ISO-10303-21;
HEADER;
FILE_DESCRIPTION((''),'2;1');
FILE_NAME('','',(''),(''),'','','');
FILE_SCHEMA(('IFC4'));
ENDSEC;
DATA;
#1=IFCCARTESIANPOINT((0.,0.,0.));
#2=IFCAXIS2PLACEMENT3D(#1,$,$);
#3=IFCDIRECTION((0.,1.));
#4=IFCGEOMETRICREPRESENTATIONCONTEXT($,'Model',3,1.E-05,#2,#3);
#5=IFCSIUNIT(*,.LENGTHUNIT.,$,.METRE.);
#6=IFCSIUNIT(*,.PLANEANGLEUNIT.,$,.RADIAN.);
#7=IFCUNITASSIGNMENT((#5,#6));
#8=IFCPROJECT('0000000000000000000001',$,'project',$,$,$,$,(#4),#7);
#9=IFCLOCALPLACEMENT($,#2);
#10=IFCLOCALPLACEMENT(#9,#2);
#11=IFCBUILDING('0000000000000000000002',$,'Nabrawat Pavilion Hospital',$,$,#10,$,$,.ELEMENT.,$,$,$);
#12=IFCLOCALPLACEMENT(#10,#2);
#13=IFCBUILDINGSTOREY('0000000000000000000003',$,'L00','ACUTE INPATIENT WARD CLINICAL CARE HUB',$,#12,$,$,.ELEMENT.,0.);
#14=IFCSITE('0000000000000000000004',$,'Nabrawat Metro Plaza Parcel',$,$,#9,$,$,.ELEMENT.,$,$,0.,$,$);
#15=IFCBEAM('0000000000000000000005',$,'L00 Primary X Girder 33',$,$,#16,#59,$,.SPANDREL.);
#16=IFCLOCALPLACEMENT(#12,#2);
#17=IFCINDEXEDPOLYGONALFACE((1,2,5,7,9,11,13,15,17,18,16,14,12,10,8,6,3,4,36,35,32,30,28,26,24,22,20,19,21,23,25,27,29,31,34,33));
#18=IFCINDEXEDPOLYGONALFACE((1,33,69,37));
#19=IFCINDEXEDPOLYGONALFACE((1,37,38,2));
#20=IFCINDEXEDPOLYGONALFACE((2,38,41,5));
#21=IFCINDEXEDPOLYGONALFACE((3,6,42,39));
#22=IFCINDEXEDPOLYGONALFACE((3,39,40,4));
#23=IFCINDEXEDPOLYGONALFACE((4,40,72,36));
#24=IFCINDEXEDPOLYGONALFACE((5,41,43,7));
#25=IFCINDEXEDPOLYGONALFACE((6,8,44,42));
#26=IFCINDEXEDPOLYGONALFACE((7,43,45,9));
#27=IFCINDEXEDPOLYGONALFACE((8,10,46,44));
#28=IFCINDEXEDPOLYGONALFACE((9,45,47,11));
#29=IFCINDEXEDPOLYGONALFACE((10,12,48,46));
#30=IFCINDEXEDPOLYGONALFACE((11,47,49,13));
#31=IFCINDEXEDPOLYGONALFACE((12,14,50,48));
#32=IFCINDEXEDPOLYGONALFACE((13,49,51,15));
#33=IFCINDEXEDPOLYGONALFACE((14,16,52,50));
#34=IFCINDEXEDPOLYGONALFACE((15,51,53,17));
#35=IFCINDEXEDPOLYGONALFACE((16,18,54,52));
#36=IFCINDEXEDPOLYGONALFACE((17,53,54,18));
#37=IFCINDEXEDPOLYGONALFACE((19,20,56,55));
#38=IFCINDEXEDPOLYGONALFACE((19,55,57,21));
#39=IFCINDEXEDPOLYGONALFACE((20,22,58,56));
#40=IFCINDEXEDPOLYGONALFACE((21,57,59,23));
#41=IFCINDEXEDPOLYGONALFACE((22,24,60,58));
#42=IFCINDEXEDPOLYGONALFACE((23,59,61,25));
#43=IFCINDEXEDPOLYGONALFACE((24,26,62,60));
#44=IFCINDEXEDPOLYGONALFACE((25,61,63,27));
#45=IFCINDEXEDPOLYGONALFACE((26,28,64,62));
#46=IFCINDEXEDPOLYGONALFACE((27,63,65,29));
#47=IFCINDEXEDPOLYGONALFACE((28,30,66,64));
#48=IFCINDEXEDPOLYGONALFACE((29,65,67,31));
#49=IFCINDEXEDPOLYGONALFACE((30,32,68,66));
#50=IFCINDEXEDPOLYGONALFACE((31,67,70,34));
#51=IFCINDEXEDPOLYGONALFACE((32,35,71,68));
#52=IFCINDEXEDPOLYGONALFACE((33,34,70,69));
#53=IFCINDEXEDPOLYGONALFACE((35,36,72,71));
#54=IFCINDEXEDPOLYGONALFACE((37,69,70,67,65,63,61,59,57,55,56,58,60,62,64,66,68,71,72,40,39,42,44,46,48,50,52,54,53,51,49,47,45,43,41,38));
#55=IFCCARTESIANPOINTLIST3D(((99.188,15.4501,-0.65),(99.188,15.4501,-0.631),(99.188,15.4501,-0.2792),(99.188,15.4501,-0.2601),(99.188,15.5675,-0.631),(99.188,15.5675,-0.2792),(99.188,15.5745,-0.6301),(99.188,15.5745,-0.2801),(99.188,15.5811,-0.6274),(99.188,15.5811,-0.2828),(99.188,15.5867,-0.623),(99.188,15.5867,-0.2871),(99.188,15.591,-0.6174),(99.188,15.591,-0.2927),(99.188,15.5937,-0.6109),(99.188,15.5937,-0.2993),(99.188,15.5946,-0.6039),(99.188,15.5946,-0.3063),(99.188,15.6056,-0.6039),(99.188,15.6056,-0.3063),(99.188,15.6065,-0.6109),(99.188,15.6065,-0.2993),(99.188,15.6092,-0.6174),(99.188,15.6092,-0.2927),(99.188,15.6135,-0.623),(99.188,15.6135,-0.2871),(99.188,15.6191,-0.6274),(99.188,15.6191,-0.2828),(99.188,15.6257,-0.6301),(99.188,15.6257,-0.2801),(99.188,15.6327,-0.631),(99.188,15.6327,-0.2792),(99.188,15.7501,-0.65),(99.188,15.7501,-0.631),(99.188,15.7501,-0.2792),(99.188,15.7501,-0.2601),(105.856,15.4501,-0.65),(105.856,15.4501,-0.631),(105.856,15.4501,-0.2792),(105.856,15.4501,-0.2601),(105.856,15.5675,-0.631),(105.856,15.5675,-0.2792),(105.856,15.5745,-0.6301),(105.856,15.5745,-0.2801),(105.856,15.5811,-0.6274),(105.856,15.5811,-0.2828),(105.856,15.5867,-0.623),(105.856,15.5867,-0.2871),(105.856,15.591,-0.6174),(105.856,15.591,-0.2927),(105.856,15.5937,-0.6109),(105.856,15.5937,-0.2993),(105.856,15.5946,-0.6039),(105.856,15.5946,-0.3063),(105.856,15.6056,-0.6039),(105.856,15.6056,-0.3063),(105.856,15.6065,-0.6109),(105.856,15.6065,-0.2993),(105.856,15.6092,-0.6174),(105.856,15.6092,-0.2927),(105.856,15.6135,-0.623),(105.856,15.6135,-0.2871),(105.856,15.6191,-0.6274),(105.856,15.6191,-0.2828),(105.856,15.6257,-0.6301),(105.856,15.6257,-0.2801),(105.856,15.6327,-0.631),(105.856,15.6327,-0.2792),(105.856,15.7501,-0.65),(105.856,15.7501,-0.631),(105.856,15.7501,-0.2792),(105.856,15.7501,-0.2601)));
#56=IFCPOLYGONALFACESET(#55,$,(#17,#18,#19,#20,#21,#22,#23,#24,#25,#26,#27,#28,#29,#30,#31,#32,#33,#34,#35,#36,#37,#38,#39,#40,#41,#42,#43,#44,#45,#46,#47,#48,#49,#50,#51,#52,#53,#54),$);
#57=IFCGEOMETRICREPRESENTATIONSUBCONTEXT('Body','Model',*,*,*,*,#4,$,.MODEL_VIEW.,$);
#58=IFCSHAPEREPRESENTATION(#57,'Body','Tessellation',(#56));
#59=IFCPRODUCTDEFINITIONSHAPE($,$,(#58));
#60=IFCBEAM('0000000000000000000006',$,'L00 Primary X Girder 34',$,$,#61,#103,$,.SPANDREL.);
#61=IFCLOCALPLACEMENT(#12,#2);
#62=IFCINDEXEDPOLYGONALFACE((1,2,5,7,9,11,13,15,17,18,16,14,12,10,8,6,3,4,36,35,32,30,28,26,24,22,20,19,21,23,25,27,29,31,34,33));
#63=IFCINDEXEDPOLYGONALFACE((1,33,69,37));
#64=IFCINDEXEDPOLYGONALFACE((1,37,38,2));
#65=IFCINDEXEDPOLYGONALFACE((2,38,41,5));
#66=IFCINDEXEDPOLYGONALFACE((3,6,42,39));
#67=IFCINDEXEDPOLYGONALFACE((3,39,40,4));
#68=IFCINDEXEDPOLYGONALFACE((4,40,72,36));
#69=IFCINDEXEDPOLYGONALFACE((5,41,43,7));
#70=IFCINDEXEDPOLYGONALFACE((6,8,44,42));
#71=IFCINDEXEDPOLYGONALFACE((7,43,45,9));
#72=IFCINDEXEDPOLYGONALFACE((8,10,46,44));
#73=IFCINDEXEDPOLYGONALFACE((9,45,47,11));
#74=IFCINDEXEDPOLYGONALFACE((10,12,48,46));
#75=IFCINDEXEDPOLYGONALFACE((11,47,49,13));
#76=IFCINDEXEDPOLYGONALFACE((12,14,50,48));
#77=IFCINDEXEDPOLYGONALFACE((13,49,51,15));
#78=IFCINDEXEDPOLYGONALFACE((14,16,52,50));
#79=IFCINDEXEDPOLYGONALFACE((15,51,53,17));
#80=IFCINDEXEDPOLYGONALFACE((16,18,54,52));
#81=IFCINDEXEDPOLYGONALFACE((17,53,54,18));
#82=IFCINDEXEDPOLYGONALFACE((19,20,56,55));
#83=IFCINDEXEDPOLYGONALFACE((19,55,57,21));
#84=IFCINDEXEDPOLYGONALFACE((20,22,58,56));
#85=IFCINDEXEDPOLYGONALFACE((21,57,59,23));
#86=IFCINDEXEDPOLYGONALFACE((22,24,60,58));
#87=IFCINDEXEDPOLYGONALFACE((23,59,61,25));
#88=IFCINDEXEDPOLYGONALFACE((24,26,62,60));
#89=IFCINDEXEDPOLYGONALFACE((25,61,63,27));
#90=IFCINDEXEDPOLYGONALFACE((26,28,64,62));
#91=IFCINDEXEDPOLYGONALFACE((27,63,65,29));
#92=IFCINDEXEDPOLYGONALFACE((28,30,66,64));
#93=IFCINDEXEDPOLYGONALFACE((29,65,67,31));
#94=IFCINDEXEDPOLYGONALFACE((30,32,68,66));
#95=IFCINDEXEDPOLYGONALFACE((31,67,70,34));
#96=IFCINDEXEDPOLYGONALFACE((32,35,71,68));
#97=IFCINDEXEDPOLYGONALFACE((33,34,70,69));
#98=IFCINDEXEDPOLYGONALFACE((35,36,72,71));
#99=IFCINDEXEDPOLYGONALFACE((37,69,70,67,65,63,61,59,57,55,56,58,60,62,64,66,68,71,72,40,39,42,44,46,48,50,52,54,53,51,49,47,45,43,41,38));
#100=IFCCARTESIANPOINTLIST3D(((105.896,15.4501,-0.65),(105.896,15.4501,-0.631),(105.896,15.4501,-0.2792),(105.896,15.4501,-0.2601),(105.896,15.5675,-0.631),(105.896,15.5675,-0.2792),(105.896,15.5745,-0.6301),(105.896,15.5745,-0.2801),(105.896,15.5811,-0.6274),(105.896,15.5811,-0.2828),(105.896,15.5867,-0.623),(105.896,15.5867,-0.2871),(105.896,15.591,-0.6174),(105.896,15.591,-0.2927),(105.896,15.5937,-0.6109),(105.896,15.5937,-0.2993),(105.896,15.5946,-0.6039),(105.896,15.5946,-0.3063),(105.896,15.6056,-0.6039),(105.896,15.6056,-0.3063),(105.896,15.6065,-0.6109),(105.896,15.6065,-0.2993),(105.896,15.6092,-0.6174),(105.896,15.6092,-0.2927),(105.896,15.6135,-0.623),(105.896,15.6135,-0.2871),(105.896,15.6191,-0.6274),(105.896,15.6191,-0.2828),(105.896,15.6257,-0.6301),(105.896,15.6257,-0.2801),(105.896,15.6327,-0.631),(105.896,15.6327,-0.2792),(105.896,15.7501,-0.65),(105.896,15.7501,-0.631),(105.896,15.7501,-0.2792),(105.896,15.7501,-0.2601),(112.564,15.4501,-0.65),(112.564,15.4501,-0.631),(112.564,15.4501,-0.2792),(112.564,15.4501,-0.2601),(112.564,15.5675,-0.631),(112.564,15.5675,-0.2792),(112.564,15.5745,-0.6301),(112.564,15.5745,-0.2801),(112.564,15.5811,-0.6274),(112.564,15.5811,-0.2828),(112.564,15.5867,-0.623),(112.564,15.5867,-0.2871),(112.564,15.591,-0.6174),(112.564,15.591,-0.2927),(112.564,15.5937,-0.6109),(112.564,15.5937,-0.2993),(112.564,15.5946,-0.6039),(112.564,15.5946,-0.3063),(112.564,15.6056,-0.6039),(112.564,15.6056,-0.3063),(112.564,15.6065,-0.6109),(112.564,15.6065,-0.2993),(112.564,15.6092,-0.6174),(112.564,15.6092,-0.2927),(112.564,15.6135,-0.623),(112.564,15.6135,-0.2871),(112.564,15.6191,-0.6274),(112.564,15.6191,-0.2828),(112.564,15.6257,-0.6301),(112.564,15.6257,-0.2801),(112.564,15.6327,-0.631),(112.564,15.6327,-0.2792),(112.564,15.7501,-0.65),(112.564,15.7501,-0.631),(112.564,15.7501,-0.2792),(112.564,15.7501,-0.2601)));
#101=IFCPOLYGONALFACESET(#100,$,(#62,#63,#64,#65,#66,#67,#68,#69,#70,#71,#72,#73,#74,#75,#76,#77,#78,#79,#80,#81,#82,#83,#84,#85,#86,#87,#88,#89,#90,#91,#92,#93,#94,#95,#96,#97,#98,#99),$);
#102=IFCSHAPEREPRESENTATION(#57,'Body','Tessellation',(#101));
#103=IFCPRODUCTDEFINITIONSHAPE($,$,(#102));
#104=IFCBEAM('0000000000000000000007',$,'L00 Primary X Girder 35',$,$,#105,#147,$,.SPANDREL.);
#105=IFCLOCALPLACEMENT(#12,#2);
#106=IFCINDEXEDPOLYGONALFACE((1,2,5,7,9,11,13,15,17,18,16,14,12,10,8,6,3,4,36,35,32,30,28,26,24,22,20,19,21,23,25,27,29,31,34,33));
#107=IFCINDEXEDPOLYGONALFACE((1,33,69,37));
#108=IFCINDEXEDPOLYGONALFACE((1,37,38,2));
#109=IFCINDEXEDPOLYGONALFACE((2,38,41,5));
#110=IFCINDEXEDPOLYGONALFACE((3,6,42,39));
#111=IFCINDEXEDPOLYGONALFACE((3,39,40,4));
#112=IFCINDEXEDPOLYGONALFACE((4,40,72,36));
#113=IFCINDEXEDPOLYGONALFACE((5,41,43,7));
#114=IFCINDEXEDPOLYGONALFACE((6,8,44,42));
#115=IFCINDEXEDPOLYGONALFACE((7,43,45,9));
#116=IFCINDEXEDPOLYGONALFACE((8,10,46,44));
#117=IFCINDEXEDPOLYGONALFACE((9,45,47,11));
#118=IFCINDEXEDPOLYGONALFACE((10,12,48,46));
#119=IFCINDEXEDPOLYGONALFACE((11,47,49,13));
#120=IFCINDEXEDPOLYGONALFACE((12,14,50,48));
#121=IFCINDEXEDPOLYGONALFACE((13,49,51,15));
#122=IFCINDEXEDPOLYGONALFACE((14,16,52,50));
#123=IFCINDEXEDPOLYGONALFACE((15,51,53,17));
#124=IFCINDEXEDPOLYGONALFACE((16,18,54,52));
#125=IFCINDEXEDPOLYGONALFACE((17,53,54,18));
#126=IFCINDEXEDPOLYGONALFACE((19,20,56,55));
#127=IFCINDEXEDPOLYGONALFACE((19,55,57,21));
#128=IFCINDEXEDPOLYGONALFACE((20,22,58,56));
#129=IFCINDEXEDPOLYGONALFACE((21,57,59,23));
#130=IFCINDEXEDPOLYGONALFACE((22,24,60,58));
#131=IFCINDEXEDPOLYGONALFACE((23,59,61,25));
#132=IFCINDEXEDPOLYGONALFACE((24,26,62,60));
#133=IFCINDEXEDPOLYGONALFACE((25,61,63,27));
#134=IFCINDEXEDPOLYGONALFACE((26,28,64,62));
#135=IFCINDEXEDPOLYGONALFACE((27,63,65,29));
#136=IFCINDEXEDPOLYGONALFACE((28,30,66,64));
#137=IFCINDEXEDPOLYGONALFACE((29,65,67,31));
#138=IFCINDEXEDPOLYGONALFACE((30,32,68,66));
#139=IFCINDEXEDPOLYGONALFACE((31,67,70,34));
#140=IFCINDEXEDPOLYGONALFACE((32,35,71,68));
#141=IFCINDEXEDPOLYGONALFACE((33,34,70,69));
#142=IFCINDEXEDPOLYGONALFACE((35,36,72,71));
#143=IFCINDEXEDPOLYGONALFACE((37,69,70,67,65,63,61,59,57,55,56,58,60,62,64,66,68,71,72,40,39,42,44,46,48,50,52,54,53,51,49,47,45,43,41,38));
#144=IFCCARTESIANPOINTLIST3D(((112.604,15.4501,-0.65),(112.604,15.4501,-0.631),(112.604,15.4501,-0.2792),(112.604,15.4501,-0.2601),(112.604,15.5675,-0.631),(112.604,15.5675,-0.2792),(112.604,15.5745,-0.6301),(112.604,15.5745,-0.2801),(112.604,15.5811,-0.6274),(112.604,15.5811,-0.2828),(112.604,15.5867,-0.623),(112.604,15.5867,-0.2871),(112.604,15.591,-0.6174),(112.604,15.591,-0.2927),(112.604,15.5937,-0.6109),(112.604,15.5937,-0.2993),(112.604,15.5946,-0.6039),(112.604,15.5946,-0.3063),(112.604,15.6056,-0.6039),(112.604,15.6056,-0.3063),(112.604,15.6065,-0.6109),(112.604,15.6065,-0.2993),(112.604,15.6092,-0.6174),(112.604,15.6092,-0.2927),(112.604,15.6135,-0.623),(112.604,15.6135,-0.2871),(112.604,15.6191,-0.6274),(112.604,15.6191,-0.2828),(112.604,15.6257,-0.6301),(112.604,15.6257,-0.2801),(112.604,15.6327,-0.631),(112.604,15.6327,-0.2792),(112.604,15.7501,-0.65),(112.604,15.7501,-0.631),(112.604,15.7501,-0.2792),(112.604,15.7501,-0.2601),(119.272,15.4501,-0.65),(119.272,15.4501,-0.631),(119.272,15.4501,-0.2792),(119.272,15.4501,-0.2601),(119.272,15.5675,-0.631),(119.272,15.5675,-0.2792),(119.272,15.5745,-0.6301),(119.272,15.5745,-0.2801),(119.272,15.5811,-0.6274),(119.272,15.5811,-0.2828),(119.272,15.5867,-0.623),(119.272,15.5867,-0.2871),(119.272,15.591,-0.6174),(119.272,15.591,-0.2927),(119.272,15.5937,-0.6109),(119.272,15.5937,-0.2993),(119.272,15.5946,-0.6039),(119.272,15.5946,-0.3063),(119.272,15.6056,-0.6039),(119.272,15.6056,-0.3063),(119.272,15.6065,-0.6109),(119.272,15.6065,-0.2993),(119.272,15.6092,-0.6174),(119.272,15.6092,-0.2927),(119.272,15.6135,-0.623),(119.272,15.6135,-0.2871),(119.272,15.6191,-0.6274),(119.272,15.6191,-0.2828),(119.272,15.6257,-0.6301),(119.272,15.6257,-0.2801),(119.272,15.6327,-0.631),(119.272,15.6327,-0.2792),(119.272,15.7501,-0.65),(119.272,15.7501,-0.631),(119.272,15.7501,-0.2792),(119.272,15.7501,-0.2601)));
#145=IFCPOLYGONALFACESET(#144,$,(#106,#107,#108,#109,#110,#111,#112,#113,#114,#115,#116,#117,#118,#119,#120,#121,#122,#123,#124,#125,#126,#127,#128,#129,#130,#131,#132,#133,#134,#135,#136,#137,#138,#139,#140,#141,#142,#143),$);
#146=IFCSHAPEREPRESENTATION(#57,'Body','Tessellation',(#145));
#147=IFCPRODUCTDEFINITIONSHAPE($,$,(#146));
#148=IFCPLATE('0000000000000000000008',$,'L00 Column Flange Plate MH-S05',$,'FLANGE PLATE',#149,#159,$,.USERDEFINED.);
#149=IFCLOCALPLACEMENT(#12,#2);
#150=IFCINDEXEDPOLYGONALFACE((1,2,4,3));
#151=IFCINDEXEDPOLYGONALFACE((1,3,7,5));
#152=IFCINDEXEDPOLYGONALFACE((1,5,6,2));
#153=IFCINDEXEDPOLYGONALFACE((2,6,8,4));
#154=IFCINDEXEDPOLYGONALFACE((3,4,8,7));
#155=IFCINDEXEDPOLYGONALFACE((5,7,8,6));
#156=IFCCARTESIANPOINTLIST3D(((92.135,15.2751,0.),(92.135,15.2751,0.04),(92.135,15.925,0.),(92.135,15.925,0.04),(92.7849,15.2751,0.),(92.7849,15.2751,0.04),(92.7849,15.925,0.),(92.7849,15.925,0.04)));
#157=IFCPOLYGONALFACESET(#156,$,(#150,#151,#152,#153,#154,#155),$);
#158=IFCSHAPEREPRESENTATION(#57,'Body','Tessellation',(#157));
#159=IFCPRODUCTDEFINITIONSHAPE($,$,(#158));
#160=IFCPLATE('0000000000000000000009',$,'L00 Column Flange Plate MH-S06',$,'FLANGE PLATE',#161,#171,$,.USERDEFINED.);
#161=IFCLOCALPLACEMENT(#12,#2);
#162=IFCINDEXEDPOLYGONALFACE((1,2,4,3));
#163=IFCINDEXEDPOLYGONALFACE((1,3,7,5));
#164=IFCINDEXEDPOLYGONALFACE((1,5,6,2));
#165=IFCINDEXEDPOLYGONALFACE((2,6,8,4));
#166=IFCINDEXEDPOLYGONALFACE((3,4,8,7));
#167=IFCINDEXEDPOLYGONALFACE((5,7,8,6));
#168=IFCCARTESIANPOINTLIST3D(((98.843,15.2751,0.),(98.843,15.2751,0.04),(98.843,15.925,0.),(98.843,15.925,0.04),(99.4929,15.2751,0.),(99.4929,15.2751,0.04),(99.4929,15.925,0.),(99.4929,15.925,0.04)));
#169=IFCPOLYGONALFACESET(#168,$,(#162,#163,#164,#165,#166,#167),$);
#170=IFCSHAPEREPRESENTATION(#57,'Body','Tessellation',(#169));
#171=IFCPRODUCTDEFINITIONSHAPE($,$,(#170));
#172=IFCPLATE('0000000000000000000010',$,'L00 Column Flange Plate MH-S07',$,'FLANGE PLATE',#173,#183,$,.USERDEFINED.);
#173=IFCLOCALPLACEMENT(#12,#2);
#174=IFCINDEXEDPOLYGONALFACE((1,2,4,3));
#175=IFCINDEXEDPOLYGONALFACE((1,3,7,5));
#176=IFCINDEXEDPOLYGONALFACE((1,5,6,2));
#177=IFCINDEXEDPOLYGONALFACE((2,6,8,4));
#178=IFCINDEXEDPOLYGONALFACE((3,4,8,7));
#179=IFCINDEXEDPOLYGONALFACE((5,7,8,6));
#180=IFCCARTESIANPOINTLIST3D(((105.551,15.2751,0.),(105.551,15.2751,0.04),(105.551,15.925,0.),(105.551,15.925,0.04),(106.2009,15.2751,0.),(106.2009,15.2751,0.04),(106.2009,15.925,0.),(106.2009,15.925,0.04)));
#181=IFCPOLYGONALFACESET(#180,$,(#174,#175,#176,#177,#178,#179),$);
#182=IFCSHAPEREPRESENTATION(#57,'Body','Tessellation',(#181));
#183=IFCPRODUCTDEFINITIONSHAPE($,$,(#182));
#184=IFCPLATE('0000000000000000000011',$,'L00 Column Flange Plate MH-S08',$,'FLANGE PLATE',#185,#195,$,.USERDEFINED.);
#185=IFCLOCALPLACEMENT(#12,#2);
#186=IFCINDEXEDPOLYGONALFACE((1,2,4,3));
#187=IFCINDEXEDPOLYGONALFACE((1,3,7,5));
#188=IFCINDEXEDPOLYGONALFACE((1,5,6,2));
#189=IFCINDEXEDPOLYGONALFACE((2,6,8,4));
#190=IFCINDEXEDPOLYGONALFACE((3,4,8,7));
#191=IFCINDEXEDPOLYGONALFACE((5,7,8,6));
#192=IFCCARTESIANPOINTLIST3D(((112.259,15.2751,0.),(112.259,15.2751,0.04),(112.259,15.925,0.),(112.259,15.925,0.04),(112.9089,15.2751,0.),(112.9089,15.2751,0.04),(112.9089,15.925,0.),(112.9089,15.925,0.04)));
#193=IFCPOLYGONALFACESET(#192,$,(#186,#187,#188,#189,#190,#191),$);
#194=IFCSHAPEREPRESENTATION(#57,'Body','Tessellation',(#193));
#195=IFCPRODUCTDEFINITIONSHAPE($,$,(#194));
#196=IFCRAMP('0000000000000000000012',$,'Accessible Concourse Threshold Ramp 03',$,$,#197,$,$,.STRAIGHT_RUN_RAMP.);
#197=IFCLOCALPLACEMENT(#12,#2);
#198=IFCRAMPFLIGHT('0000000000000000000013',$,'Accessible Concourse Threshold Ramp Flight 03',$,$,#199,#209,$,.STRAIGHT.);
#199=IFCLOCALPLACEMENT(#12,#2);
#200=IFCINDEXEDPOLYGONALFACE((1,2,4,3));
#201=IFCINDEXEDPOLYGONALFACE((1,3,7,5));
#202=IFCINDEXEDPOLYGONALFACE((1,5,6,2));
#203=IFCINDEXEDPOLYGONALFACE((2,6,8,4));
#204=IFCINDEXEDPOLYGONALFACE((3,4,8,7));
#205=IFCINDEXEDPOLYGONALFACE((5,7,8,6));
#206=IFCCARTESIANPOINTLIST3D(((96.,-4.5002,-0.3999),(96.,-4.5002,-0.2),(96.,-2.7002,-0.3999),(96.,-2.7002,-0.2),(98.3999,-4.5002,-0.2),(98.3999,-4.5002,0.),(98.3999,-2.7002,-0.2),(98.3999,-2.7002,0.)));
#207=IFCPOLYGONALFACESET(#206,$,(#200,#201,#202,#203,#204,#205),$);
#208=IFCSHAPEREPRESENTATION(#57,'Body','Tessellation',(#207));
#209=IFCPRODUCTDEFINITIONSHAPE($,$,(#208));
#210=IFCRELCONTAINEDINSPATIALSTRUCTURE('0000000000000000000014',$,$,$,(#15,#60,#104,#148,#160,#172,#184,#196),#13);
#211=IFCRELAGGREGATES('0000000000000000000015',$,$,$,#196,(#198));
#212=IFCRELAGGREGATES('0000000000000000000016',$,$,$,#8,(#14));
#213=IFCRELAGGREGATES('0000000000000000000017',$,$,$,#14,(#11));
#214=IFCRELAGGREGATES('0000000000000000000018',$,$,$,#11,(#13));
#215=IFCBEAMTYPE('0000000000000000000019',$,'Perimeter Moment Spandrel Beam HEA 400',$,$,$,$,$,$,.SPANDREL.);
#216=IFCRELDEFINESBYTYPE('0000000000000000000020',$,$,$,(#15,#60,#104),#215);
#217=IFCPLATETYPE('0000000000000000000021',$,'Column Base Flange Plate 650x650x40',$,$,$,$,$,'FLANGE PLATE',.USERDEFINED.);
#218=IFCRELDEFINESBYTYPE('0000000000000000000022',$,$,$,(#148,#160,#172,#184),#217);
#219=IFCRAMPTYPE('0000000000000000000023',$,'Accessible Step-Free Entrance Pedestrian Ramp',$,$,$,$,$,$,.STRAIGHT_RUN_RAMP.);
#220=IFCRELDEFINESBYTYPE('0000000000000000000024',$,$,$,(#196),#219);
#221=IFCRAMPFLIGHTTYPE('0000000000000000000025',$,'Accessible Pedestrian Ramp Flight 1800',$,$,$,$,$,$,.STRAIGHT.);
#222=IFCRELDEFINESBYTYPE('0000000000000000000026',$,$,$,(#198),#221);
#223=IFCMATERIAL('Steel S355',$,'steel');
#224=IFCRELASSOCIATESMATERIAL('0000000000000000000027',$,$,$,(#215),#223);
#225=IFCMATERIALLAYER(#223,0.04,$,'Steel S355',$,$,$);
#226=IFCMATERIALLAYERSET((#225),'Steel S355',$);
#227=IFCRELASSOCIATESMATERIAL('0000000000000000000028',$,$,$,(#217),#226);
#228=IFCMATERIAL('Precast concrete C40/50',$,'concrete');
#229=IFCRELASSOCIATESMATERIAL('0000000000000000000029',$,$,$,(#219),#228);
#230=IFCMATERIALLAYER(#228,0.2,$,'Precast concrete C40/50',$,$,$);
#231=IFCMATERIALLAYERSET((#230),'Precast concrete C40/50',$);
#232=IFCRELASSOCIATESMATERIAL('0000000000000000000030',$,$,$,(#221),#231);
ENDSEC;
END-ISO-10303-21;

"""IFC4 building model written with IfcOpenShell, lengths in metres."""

from ifc_helpers import new_model, si_unit, direction, frame, origin, origin_2d, place, context, subcontext, project, spatial, polyline, rectangle, i_section, outline, extrude, material, layer, layer_set, material_profile, profile_set, type_object, element, aggregate, save


model = new_model("IFC4")

# Units and contexts
model_context = context("Model", 3, precision=1e-05, world=origin(), true_north=direction((0.0, 1.0)))
body_context = subcontext(model_context, "Body", "Model", "MODEL_VIEW")
ifc_project = project(units=[si_unit("LENGTHUNIT", "METRE"), si_unit("PLANEANGLEUNIT", "RADIAN")], contexts=[model_context])

# Site, building, storey
site_placement = place(None, origin())
site = spatial("IfcSite", under=ifc_project, at=site_placement, Name="Nabrawat Metro Plaza Parcel", CompositionType="ELEMENT", RefElevation=0.0)
building_placement = place(site_placement, origin())
building = spatial("IfcBuilding", under=site, at=building_placement, Name="Nabrawat Pavilion Hospital", CompositionType="ELEMENT")
storey_placement = place(building_placement, origin())
storey = spatial("IfcBuildingStorey", under=building, at=storey_placement, Name="L00", Description="ACUTE INPATIENT WARD CLINICAL CARE HUB", CompositionType="ELEMENT", Elevation=0.0)

# Beams
ifc_material_1 = material(Name="Steel S355", Category="steel")
ifc_material_profile_1 = material_profile(ifc_material_1, i_section(OverallWidth=0.3, OverallDepth=0.3899, WebThickness=0.011, FlangeThickness=0.019, FilletRadius=0.0271, at=origin_2d()), Name="HEA 400")
ifc_profile_set_1 = profile_set([ifc_material_profile_1], Name="Steel S355")
beam_type = type_object("IfcBeamType", Name="Perimeter Moment Spandrel Beam HEA 400", PredefinedType="SPANDREL", material=ifc_profile_set_1)
for number, where, z_axis, x_axis, name in (
    (1, (99.188, 15.6001, -0.4551), (1.0, 0.0, 0.0), (0.0, 1.0, 0.0), "L00 Primary X Girder 33"),
    (2, (105.896, 15.6001, -0.4551), (1.0, 0.0, 0.0), (0.0, 1.0, 0.0), "L00 Primary X Girder 34"),
    (3, (112.604, 15.6001, -0.4551), (1.0, 0.0, 0.0), (0.0, 1.0, 0.0), "L00 Primary X Girder 35"),
):
    element("IfcBeam", number, at=place(storey_placement, frame(where, z_axis=z_axis, x_axis=x_axis)), inside=storey, type_object=beam_type, Name=name, PredefinedType="SPANDREL", context=body_context, shape_type="SweptSolid", body=[
        extrude(i_section(OverallWidth=0.3, OverallDepth=0.3899, WebThickness=0.011, FlangeThickness=0.019, FilletRadius=0.0271, at=origin_2d()), origin(), (0.0, 0.0, 1.0), 6.668),
    ])

# Plates
ifc_layer_1 = layer(ifc_material_1, 0.04, Name="Steel S355")
ifc_layer_set_1 = layer_set([ifc_layer_1], Name="Steel S355")
plate_type = type_object("IfcPlateType", Name="Column Base Flange Plate 650x650x40", ElementType="FLANGE PLATE", PredefinedType="USERDEFINED", material=ifc_layer_set_1)
for number, where, z_axis, x_axis, name in (
    (4, (92.46, 15.6001, 0.0), (0.0, 0.0, 1.0), (1.0, 0.0, 0.0), "L00 Column Flange Plate MH-S05"),
    (5, (99.168, 15.6001, 0.0), (0.0, 0.0, 1.0), (1.0, 0.0, 0.0), "L00 Column Flange Plate MH-S06"),
    (6, (105.876, 15.6001, 0.0), (0.0, 0.0, 1.0), (1.0, 0.0, 0.0), "L00 Column Flange Plate MH-S07"),
    (7, (112.584, 15.6001, 0.0), (0.0, 0.0, 1.0), (1.0, 0.0, 0.0), "L00 Column Flange Plate MH-S08"),
):
    element("IfcPlate", number, at=place(storey_placement, frame(where, z_axis=z_axis, x_axis=x_axis)), inside=storey, type_object=plate_type, Name=name, ObjectType="FLANGE PLATE", PredefinedType="USERDEFINED", context=body_context, shape_type="SweptSolid", body=[
        extrude(rectangle(XDim=0.6499, YDim=0.6499, at=origin_2d()), origin(), (0.0, 0.0, 1.0), 0.04),
    ])

# Ramp, ramp flight
ifc_material_2 = material(Name="Precast concrete C40/50", Category="concrete")
ramp_type = type_object("IfcRampType", Name="Accessible Step-Free Entrance Pedestrian Ramp", PredefinedType="STRAIGHT_RUN_RAMP", material=ifc_material_2)
ramp_1_placement = place(storey_placement, origin())
ramp_1 = element("IfcRamp", 8, at=ramp_1_placement, inside=storey, type_object=ramp_type, Name="Accessible Concourse Threshold Ramp 03", PredefinedType="STRAIGHT_RUN_RAMP")
ifc_layer_2 = layer(ifc_material_2, 0.2, Name="Precast concrete C40/50")
ifc_layer_set_2 = layer_set([ifc_layer_2], Name="Precast concrete C40/50")
ramp_flight_type = type_object("IfcRampFlightType", Name="Accessible Pedestrian Ramp Flight 1800", PredefinedType="STRAIGHT", material=ifc_layer_set_2)
ramp_flight_1_placement = place(storey_placement, frame((96.0, -3.6001, -0.2), z_axis=(0.0, 0.0, 1.0), x_axis=(1.0, 0.0, 0.0)))
ramp_flight_1 = element("IfcRampFlight", 9, at=ramp_flight_1_placement, type_object=ramp_flight_type, Name="Accessible Concourse Threshold Ramp Flight 03", PredefinedType="STRAIGHT", context=body_context, shape_type="SweptSolid", body=[
    extrude(outline(polyline([(0.0, 0.0), (2.3999, 0.2), (2.3999, 0.0), (0.0, -0.2), (0.0, 0.0)])), frame((0.0, 0.8999, 0.0), z_axis=(0.0, -1.0, 0.0), x_axis=(1.0, 0.0, 0.0)), (0.0, 0.0, 1.0), 1.8),
])
aggregate(ramp_1, [ramp_flight_1])

save(model, "model.ifc")
